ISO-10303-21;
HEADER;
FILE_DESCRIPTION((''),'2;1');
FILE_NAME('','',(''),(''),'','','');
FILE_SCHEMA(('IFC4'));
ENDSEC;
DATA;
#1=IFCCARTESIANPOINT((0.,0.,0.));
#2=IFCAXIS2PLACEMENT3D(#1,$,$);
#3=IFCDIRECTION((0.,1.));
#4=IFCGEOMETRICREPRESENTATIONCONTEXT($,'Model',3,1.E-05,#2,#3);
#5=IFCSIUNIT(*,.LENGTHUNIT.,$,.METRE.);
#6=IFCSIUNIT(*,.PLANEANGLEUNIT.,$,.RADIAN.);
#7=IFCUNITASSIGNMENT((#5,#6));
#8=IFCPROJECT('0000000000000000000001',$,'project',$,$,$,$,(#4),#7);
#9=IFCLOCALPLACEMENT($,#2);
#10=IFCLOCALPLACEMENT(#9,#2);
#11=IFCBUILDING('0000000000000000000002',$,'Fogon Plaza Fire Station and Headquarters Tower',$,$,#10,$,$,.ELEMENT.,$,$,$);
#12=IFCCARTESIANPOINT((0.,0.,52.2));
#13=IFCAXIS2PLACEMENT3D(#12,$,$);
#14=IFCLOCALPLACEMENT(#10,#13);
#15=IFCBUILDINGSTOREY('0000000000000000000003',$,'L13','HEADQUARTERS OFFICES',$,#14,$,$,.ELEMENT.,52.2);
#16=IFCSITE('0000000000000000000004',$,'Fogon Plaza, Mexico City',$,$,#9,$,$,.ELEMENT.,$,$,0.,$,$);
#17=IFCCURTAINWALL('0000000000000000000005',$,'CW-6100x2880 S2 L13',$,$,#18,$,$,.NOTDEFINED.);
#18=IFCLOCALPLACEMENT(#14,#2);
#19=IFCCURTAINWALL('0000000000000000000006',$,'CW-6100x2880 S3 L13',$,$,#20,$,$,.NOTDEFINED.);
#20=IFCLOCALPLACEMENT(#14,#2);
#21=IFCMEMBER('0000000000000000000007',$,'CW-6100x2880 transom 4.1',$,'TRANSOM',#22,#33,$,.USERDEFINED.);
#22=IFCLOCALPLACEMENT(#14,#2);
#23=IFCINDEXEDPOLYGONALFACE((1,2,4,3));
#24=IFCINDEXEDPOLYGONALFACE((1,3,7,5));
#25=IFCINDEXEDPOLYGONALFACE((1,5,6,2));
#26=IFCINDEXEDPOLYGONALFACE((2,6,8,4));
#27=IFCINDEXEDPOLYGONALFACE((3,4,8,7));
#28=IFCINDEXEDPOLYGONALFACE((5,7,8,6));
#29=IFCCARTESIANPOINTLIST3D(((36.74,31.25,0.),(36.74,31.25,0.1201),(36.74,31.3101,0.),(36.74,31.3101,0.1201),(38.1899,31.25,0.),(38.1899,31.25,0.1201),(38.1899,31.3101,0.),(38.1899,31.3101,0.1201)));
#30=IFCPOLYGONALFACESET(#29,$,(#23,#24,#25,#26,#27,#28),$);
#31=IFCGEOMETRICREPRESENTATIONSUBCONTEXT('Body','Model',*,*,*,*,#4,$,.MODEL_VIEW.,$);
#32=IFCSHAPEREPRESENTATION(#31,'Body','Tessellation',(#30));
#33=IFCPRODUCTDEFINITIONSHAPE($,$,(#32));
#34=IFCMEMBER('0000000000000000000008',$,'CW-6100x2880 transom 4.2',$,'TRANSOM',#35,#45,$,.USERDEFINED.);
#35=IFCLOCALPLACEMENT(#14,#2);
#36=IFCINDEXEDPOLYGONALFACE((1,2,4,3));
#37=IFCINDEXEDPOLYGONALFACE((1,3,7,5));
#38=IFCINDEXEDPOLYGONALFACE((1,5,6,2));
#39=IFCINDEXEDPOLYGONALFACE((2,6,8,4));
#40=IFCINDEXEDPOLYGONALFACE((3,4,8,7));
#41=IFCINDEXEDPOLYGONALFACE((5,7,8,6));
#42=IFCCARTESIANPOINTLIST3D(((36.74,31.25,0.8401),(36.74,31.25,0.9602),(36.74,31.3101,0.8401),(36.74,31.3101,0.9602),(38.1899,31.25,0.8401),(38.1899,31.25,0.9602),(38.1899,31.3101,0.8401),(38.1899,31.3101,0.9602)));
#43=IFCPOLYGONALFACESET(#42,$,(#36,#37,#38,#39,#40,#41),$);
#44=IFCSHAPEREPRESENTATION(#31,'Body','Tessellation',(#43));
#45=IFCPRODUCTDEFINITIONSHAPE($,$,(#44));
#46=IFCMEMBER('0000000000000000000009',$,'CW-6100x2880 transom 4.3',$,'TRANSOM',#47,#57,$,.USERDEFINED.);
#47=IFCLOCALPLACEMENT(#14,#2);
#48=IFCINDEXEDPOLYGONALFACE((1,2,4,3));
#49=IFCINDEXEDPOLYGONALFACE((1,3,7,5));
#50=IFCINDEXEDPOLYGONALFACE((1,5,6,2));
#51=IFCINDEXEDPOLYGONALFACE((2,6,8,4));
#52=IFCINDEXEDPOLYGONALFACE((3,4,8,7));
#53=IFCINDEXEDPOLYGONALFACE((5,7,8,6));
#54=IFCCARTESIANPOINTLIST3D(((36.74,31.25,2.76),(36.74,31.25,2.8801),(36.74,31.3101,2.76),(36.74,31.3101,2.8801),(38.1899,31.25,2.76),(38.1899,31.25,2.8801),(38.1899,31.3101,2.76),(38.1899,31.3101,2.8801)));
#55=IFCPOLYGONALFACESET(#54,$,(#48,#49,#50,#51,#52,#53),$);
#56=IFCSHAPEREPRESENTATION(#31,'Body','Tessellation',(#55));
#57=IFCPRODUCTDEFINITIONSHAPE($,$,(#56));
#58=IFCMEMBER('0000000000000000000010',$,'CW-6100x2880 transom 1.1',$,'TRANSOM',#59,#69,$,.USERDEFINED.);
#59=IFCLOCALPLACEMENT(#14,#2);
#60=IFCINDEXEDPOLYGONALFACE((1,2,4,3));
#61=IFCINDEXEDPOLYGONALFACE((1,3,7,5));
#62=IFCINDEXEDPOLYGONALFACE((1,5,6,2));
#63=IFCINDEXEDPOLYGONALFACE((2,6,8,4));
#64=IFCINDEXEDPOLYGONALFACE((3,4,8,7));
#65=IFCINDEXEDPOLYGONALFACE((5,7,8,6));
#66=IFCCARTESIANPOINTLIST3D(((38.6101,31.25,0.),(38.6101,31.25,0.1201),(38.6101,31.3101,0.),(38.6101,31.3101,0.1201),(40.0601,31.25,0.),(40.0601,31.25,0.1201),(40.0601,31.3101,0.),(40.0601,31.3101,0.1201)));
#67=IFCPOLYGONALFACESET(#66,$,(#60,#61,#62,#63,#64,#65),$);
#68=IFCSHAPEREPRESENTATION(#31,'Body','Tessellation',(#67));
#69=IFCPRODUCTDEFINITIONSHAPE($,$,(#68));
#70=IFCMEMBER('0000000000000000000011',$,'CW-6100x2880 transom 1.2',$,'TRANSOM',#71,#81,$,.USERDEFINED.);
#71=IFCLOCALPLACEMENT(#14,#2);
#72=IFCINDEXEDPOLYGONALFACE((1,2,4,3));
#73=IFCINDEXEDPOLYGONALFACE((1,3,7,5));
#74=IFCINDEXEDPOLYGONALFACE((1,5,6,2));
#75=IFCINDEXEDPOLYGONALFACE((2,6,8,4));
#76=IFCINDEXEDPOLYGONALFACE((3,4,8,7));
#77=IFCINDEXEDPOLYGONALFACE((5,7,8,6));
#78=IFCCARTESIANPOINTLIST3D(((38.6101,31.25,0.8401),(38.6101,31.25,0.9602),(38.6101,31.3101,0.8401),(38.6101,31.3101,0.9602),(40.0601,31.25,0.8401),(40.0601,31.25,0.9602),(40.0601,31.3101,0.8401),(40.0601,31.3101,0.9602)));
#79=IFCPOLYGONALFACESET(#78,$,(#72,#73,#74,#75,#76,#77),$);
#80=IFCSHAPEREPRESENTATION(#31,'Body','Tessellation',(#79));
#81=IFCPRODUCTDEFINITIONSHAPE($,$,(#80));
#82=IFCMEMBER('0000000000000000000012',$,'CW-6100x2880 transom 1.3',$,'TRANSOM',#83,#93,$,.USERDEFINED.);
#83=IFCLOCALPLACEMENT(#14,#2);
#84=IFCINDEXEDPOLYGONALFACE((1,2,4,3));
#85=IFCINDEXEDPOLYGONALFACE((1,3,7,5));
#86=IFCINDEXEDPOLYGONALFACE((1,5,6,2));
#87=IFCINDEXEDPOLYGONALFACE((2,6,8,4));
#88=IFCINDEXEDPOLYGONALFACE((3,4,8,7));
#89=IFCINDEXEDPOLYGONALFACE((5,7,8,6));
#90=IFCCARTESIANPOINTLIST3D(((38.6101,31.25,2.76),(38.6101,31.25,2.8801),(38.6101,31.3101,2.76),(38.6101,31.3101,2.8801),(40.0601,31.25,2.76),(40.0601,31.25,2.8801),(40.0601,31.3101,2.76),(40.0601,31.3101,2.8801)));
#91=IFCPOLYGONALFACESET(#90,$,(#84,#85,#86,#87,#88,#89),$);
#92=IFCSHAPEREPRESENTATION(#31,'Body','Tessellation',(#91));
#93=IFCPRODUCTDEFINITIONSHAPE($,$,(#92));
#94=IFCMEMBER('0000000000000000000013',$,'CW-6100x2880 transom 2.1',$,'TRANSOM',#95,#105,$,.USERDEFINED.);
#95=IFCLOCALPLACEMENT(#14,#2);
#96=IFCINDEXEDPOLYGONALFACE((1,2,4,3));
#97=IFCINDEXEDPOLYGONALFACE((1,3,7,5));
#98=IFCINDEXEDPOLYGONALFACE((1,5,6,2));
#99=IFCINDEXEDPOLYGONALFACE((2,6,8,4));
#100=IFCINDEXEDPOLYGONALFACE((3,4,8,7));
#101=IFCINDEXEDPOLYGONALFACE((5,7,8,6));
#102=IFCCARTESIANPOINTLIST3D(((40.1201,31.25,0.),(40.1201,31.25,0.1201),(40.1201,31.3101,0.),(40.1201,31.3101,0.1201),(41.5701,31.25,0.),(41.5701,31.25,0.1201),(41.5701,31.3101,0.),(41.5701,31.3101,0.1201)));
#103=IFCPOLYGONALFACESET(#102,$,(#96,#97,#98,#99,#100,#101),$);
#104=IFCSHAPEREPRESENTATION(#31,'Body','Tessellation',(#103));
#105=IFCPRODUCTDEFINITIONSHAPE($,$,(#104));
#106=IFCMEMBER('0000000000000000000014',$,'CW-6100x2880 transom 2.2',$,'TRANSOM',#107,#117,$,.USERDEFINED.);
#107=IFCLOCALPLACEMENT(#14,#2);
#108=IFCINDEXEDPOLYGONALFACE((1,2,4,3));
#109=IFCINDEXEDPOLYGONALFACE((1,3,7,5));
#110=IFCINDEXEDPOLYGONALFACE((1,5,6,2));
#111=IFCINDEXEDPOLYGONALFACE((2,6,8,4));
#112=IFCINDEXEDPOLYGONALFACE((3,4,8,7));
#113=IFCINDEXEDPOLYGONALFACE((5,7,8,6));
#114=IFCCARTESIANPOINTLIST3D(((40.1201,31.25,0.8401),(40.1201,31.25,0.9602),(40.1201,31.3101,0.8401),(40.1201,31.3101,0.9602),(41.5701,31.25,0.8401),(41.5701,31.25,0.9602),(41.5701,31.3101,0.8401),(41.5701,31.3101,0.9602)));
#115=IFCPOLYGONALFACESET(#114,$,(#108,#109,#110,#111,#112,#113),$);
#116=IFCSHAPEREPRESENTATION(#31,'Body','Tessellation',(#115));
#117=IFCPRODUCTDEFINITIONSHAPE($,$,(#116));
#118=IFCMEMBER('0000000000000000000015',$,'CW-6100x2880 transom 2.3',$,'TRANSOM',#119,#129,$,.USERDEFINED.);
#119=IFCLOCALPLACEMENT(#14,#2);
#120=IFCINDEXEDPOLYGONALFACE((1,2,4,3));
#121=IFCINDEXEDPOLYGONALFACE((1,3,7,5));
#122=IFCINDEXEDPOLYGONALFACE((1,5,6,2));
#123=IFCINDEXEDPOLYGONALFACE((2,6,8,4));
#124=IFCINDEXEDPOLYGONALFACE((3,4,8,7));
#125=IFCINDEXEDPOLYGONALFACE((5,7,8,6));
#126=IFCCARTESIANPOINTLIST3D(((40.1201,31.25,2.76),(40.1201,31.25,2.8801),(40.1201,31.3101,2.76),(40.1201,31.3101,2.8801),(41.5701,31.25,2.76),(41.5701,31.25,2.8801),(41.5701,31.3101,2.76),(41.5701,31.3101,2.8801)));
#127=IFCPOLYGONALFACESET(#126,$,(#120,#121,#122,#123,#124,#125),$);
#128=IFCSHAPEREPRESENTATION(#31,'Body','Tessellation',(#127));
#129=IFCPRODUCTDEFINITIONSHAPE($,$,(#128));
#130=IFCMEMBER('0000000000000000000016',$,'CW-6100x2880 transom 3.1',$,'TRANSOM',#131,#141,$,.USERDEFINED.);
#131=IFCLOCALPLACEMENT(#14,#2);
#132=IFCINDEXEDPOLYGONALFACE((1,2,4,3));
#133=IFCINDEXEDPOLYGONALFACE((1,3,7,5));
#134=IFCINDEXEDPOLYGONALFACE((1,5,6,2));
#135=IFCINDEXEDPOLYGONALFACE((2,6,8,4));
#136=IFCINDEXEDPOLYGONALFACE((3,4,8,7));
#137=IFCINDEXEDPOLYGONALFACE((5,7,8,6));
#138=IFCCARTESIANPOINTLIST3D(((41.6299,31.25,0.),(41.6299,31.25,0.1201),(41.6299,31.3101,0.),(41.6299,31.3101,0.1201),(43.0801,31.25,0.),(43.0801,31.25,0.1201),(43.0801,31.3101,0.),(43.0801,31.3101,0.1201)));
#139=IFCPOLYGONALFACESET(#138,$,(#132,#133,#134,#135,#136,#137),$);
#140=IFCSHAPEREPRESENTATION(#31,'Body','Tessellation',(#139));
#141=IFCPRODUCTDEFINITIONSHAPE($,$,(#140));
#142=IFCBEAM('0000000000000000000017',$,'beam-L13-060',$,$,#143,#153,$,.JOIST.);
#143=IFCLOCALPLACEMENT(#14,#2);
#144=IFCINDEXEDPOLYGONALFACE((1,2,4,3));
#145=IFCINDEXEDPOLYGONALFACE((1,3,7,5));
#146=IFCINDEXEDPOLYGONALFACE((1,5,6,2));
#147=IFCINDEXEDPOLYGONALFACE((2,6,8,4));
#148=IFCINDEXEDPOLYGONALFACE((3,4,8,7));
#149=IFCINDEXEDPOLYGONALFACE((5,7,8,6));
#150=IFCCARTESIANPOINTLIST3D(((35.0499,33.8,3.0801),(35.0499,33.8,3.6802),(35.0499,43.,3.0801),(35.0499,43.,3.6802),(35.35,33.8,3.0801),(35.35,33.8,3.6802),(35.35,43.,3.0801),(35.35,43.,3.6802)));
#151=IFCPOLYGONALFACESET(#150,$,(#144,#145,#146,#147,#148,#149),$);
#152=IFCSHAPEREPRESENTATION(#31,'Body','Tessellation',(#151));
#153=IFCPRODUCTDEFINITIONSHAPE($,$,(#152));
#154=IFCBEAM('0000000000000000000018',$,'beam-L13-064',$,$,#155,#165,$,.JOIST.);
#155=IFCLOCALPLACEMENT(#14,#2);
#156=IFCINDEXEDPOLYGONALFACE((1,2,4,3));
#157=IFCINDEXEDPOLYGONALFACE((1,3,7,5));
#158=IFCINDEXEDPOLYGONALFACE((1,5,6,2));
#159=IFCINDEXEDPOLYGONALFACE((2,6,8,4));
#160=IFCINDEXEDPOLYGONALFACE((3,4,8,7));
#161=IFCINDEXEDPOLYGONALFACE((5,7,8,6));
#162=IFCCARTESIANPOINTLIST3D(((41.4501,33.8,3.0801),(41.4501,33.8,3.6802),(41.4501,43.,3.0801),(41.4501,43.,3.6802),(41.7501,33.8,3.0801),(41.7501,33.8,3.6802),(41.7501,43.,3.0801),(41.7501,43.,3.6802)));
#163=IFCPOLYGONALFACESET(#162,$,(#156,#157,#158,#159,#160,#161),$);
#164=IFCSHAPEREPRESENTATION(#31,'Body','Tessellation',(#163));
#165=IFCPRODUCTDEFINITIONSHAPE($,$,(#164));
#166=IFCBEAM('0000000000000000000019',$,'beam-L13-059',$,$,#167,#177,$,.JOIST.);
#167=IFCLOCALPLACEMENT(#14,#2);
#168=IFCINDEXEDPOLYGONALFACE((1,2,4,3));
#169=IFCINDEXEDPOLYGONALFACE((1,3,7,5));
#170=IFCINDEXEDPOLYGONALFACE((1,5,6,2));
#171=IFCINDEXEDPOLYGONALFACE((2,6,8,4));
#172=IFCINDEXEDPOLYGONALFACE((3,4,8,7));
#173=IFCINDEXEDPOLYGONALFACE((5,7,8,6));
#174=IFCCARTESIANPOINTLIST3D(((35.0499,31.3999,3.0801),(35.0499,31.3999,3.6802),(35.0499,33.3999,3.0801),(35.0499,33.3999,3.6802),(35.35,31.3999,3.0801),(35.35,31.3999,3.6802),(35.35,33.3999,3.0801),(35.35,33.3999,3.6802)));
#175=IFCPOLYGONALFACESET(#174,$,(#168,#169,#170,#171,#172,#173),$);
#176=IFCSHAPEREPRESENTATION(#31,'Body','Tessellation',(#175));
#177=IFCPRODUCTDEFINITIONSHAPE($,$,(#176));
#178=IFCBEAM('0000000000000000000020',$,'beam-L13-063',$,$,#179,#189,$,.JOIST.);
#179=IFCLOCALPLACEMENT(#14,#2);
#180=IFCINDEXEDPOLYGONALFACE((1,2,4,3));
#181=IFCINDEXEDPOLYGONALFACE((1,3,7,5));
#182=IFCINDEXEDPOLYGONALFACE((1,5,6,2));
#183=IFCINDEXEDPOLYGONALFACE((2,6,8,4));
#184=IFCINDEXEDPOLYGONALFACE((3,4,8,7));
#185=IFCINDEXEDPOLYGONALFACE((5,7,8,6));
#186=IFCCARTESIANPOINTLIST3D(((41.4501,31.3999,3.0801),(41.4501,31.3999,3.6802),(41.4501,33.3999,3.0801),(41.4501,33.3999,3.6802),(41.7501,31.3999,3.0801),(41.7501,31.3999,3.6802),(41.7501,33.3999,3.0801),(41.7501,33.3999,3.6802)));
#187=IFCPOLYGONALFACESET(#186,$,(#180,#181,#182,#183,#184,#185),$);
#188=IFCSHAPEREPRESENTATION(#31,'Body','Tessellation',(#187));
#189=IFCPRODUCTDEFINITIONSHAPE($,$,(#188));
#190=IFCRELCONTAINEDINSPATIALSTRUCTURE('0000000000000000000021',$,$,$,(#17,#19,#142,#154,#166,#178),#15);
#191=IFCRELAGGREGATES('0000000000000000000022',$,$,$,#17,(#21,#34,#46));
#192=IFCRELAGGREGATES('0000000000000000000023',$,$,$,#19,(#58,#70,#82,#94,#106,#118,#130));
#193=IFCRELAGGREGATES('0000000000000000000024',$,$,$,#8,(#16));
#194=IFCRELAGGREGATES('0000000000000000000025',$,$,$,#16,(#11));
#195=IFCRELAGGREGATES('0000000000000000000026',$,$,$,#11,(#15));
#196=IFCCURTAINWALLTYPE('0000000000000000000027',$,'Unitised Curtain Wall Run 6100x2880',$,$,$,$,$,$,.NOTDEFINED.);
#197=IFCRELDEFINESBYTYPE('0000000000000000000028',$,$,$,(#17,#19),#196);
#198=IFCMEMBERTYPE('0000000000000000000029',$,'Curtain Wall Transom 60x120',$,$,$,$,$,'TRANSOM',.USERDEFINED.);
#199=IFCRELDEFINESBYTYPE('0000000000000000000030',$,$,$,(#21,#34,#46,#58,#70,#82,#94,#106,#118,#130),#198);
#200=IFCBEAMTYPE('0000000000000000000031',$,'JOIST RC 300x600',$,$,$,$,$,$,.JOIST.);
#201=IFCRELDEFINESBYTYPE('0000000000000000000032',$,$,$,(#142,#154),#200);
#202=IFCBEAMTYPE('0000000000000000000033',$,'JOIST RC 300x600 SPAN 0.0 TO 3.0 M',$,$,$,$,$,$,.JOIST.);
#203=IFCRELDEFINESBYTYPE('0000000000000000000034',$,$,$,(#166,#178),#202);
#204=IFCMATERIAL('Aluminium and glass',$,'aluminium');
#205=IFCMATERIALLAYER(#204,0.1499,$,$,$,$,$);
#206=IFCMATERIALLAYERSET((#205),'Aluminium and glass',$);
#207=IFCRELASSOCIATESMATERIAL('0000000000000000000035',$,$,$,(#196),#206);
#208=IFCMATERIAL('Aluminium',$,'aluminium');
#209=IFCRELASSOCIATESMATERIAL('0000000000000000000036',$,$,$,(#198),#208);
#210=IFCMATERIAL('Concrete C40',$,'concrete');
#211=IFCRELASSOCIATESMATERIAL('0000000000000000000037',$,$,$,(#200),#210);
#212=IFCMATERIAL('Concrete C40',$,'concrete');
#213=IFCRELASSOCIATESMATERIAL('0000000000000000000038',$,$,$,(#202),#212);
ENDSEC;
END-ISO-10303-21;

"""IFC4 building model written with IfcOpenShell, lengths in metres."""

from ifc_helpers import new_model, si_unit, direction, frame, origin, origin_2d, place, context, subcontext, project, spatial, rectangle, extrude, material, layer, layer_set, material_profile, profile_set, type_object, element, aggregate, save


model = new_model("IFC4")

# Units and contexts
model_context = context("Model", 3, precision=1e-05, world=origin(), true_north=direction((0.0, 1.0)))
body_context = subcontext(model_context, "Body", "Model", "MODEL_VIEW")
ifc_project = project(units=[si_unit("LENGTHUNIT", "METRE"), si_unit("PLANEANGLEUNIT", "RADIAN")], contexts=[model_context])

# Site, building, storey
site_placement = place(None, origin())
site = spatial("IfcSite", under=ifc_project, at=site_placement, Name="Fogon Plaza, Mexico City", CompositionType="ELEMENT", RefElevation=0.0)
building_placement = place(site_placement, origin())
building = spatial("IfcBuilding", under=site, at=building_placement, Name="Fogon Plaza Fire Station and Headquarters Tower", CompositionType="ELEMENT")
storey_placement = place(building_placement, frame((0.0, 0.0, 52.2)))
storey = spatial("IfcBuildingStorey", under=building, at=storey_placement, Name="L13", Description="HEADQUARTERS OFFICES", CompositionType="ELEMENT", Elevation=52.2)

# Curtain walls
ifc_material_1 = material(Name="Aluminium and glass", Category="aluminium")
ifc_layer_1 = layer(ifc_material_1, 0.1499)
ifc_layer_set_1 = layer_set([ifc_layer_1], Name="Aluminium and glass")
curtain_wall_type = type_object("IfcCurtainWallType", Name="Unitised Curtain Wall Run 6100x2880", PredefinedType="NOTDEFINED", material=ifc_layer_set_1)
curtain_wall_1_placement = place(storey_placement, origin())
curtain_wall_1 = element("IfcCurtainWall", 1, at=curtain_wall_1_placement, inside=storey, type_object=curtain_wall_type, Name="CW-6100x2880 S2 L13", PredefinedType="NOTDEFINED")
curtain_wall_2_placement = place(storey_placement, origin())
curtain_wall_2 = element("IfcCurtainWall", 2, at=curtain_wall_2_placement, inside=storey, type_object=curtain_wall_type, Name="CW-6100x2880 S3 L13", PredefinedType="NOTDEFINED")

# Members
ifc_material_2 = material(Name="Aluminium", Category="aluminium")
ifc_material_profile_1 = material_profile(ifc_material_2, rectangle(XDim=0.0601, YDim=0.1201, at=origin_2d()), Name="Curtain Wall Transom 60x120")
ifc_profile_set_1 = profile_set([ifc_material_profile_1], Name="Aluminium")
member_type_1 = type_object("IfcMemberType", Name="Curtain Wall Transom 60x120", ElementType="TRANSOM", PredefinedType="USERDEFINED", material=ifc_profile_set_1)
member_1_placement = place(storey_placement, frame((36.74, 31.28, 0.0601), z_axis=(1.0, 0.0, 0.0), x_axis=(0.0, 1.0, 0.0)))
member_1 = element("IfcMember", 3, at=member_1_placement, type_object=member_type_1, Name="CW-6100x2880 transom 4.1", ObjectType="TRANSOM", PredefinedType="USERDEFINED", context=body_context, shape_type="SweptSolid", body=[
    extrude(rectangle(XDim=0.0601, YDim=0.1201, at=origin_2d()), origin(), (0.0, 0.0, 1.0), 1.45),
])
member_2_placement = place(storey_placement, frame((36.74, 31.28, 0.9001), z_axis=(1.0, 0.0, 0.0), x_axis=(0.0, 1.0, 0.0)))
member_2 = element("IfcMember", 4, at=member_2_placement, type_object=member_type_1, Name="CW-6100x2880 transom 4.2", ObjectType="TRANSOM", PredefinedType="USERDEFINED", context=body_context, shape_type="SweptSolid", body=[
    extrude(rectangle(XDim=0.0601, YDim=0.1201, at=origin_2d()), origin(), (0.0, 0.0, 1.0), 1.45),
])
member_3_placement = place(storey_placement, frame((36.74, 31.28, 2.8201), z_axis=(1.0, 0.0, 0.0), x_axis=(0.0, 1.0, 0.0)))
member_3 = element("IfcMember", 5, at=member_3_placement, type_object=member_type_1, Name="CW-6100x2880 transom 4.3", ObjectType="TRANSOM", PredefinedType="USERDEFINED", context=body_context, shape_type="SweptSolid", body=[
    extrude(rectangle(XDim=0.0601, YDim=0.1201, at=origin_2d()), origin(), (0.0, 0.0, 1.0), 1.45),
])
member_4_placement = place(storey_placement, frame((38.6101, 31.28, 0.0601), z_axis=(1.0, 0.0, 0.0), x_axis=(0.0, 1.0, 0.0)))
member_4 = element("IfcMember", 6, at=member_4_placement, type_object=member_type_1, Name="CW-6100x2880 transom 1.1", ObjectType="TRANSOM", PredefinedType="USERDEFINED", context=body_context, shape_type="SweptSolid", body=[
    extrude(rectangle(XDim=0.0601, YDim=0.1201, at=origin_2d()), origin(), (0.0, 0.0, 1.0), 1.45),
])
member_5_placement = place(storey_placement, frame((38.6101, 31.28, 0.9001), z_axis=(1.0, 0.0, 0.0), x_axis=(0.0, 1.0, 0.0)))
member_5 = element("IfcMember", 7, at=member_5_placement, type_object=member_type_1, Name="CW-6100x2880 transom 1.2", ObjectType="TRANSOM", PredefinedType="USERDEFINED", context=body_context, shape_type="SweptSolid", body=[
    extrude(rectangle(XDim=0.0601, YDim=0.1201, at=origin_2d()), origin(), (0.0, 0.0, 1.0), 1.45),
])
member_6_placement = place(storey_placement, frame((38.6101, 31.28, 2.8201), z_axis=(1.0, 0.0, 0.0), x_axis=(0.0, 1.0, 0.0)))
member_6 = element("IfcMember", 8, at=member_6_placement, type_object=member_type_1, Name="CW-6100x2880 transom 1.3", ObjectType="TRANSOM", PredefinedType="USERDEFINED", context=body_context, shape_type="SweptSolid", body=[
    extrude(rectangle(XDim=0.0601, YDim=0.1201, at=origin_2d()), origin(), (0.0, 0.0, 1.0), 1.45),
])
member_7_placement = place(storey_placement, frame((40.1201, 31.28, 0.0601), z_axis=(1.0, 0.0, 0.0), x_axis=(0.0, 1.0, 0.0)))
member_7 = element("IfcMember", 9, at=member_7_placement, type_object=member_type_1, Name="CW-6100x2880 transom 2.1", ObjectType="TRANSOM", PredefinedType="USERDEFINED", context=body_context, shape_type="SweptSolid", body=[
    extrude(rectangle(XDim=0.0601, YDim=0.1201, at=origin_2d()), origin(), (0.0, 0.0, 1.0), 1.45),
])
member_8_placement = place(storey_placement, frame((40.1201, 31.28, 0.9001), z_axis=(1.0, 0.0, 0.0), x_axis=(0.0, 1.0, 0.0)))
member_8 = element("IfcMember", 10, at=member_8_placement, type_object=member_type_1, Name="CW-6100x2880 transom 2.2", ObjectType="TRANSOM", PredefinedType="USERDEFINED", context=body_context, shape_type="SweptSolid", body=[
    extrude(rectangle(XDim=0.0601, YDim=0.1201, at=origin_2d()), origin(), (0.0, 0.0, 1.0), 1.45),
])
member_9_placement = place(storey_placement, frame((40.1201, 31.28, 2.8201), z_axis=(1.0, 0.0, 0.0), x_axis=(0.0, 1.0, 0.0)))
member_9 = element("IfcMember", 11, at=member_9_placement, type_object=member_type_1, Name="CW-6100x2880 transom 2.3", ObjectType="TRANSOM", PredefinedType="USERDEFINED", context=body_context, shape_type="SweptSolid", body=[
    extrude(rectangle(XDim=0.0601, YDim=0.1201, at=origin_2d()), origin(), (0.0, 0.0, 1.0), 1.45),
])
member_10_placement = place(storey_placement, frame((41.6299, 31.28, 0.0601), z_axis=(1.0, 0.0, 0.0), x_axis=(0.0, 1.0, 0.0)))
member_10 = element("IfcMember", 12, at=member_10_placement, type_object=member_type_1, Name="CW-6100x2880 transom 3.1", ObjectType="TRANSOM", PredefinedType="USERDEFINED", context=body_context, shape_type="SweptSolid", body=[
    extrude(rectangle(XDim=0.0601, YDim=0.1201, at=origin_2d()), origin(), (0.0, 0.0, 1.0), 1.4502),
])

# Beams
ifc_material_3 = material(Name="Concrete C40", Category="concrete")
ifc_material_profile_2 = material_profile(ifc_material_3, rectangle(XDim=0.3, YDim=0.6001, at=origin_2d()), Name="RC 300x600")
ifc_profile_set_2 = profile_set([ifc_material_profile_2], Name="Concrete C40")
beam_type_1 = type_object("IfcBeamType", Name="JOIST RC 300x600", PredefinedType="JOIST", material=ifc_profile_set_2)
for number, where, z_axis, x_axis, name in (
    (13, (35.2, 33.8, 3.3801), (0.0, 1.0, 0.0), (-1.0, 0.0, 0.0), "beam-L13-060"),
    (14, (41.6001, 33.8, 3.3801), (0.0, 1.0, 0.0), (-1.0, 0.0, 0.0), "beam-L13-064"),
):
    element("IfcBeam", number, at=place(storey_placement, frame(where, z_axis=z_axis, x_axis=x_axis)), inside=storey, type_object=beam_type_1, Name=name, PredefinedType="JOIST", context=body_context, shape_type="SweptSolid", body=[
        extrude(rectangle(XDim=0.3, YDim=0.6001, at=origin_2d()), origin(), (0.0, 0.0, 1.0), 9.2),
    ])
ifc_material_4 = material(Name="Concrete C40", Category="concrete")
ifc_material_profile_3 = material_profile(ifc_material_4, rectangle(XDim=0.3, YDim=0.6001, at=origin_2d()), Name="RC 300x600")
ifc_profile_set_3 = profile_set([ifc_material_profile_3], Name="Concrete C40")
beam_type_2 = type_object("IfcBeamType", Name="JOIST RC 300x600 SPAN 0.0 TO 3.0 M", PredefinedType="JOIST", material=ifc_profile_set_3)
for number, where, z_axis, x_axis, name in (
    (15, (35.2, 31.3999, 3.3801), (0.0, 1.0, 0.0), (-1.0, 0.0, 0.0), "beam-L13-059"),
    (16, (41.6001, 31.3999, 3.3801), (0.0, 1.0, 0.0), (-1.0, 0.0, 0.0), "beam-L13-063"),
):
    element("IfcBeam", number, at=place(storey_placement, frame(where, z_axis=z_axis, x_axis=x_axis)), inside=storey, type_object=beam_type_2, Name=name, PredefinedType="JOIST", context=body_context, shape_type="SweptSolid", body=[
        extrude(rectangle(XDim=0.3, YDim=0.6001, at=origin_2d()), origin(), (0.0, 0.0, 1.0), 2.0),
    ])

aggregate(curtain_wall_1, [member_1, member_2, member_3])
aggregate(curtain_wall_2, [member_4, member_5, member_6, member_7, member_8, member_9, member_10])

save(model, "model.ifc")
